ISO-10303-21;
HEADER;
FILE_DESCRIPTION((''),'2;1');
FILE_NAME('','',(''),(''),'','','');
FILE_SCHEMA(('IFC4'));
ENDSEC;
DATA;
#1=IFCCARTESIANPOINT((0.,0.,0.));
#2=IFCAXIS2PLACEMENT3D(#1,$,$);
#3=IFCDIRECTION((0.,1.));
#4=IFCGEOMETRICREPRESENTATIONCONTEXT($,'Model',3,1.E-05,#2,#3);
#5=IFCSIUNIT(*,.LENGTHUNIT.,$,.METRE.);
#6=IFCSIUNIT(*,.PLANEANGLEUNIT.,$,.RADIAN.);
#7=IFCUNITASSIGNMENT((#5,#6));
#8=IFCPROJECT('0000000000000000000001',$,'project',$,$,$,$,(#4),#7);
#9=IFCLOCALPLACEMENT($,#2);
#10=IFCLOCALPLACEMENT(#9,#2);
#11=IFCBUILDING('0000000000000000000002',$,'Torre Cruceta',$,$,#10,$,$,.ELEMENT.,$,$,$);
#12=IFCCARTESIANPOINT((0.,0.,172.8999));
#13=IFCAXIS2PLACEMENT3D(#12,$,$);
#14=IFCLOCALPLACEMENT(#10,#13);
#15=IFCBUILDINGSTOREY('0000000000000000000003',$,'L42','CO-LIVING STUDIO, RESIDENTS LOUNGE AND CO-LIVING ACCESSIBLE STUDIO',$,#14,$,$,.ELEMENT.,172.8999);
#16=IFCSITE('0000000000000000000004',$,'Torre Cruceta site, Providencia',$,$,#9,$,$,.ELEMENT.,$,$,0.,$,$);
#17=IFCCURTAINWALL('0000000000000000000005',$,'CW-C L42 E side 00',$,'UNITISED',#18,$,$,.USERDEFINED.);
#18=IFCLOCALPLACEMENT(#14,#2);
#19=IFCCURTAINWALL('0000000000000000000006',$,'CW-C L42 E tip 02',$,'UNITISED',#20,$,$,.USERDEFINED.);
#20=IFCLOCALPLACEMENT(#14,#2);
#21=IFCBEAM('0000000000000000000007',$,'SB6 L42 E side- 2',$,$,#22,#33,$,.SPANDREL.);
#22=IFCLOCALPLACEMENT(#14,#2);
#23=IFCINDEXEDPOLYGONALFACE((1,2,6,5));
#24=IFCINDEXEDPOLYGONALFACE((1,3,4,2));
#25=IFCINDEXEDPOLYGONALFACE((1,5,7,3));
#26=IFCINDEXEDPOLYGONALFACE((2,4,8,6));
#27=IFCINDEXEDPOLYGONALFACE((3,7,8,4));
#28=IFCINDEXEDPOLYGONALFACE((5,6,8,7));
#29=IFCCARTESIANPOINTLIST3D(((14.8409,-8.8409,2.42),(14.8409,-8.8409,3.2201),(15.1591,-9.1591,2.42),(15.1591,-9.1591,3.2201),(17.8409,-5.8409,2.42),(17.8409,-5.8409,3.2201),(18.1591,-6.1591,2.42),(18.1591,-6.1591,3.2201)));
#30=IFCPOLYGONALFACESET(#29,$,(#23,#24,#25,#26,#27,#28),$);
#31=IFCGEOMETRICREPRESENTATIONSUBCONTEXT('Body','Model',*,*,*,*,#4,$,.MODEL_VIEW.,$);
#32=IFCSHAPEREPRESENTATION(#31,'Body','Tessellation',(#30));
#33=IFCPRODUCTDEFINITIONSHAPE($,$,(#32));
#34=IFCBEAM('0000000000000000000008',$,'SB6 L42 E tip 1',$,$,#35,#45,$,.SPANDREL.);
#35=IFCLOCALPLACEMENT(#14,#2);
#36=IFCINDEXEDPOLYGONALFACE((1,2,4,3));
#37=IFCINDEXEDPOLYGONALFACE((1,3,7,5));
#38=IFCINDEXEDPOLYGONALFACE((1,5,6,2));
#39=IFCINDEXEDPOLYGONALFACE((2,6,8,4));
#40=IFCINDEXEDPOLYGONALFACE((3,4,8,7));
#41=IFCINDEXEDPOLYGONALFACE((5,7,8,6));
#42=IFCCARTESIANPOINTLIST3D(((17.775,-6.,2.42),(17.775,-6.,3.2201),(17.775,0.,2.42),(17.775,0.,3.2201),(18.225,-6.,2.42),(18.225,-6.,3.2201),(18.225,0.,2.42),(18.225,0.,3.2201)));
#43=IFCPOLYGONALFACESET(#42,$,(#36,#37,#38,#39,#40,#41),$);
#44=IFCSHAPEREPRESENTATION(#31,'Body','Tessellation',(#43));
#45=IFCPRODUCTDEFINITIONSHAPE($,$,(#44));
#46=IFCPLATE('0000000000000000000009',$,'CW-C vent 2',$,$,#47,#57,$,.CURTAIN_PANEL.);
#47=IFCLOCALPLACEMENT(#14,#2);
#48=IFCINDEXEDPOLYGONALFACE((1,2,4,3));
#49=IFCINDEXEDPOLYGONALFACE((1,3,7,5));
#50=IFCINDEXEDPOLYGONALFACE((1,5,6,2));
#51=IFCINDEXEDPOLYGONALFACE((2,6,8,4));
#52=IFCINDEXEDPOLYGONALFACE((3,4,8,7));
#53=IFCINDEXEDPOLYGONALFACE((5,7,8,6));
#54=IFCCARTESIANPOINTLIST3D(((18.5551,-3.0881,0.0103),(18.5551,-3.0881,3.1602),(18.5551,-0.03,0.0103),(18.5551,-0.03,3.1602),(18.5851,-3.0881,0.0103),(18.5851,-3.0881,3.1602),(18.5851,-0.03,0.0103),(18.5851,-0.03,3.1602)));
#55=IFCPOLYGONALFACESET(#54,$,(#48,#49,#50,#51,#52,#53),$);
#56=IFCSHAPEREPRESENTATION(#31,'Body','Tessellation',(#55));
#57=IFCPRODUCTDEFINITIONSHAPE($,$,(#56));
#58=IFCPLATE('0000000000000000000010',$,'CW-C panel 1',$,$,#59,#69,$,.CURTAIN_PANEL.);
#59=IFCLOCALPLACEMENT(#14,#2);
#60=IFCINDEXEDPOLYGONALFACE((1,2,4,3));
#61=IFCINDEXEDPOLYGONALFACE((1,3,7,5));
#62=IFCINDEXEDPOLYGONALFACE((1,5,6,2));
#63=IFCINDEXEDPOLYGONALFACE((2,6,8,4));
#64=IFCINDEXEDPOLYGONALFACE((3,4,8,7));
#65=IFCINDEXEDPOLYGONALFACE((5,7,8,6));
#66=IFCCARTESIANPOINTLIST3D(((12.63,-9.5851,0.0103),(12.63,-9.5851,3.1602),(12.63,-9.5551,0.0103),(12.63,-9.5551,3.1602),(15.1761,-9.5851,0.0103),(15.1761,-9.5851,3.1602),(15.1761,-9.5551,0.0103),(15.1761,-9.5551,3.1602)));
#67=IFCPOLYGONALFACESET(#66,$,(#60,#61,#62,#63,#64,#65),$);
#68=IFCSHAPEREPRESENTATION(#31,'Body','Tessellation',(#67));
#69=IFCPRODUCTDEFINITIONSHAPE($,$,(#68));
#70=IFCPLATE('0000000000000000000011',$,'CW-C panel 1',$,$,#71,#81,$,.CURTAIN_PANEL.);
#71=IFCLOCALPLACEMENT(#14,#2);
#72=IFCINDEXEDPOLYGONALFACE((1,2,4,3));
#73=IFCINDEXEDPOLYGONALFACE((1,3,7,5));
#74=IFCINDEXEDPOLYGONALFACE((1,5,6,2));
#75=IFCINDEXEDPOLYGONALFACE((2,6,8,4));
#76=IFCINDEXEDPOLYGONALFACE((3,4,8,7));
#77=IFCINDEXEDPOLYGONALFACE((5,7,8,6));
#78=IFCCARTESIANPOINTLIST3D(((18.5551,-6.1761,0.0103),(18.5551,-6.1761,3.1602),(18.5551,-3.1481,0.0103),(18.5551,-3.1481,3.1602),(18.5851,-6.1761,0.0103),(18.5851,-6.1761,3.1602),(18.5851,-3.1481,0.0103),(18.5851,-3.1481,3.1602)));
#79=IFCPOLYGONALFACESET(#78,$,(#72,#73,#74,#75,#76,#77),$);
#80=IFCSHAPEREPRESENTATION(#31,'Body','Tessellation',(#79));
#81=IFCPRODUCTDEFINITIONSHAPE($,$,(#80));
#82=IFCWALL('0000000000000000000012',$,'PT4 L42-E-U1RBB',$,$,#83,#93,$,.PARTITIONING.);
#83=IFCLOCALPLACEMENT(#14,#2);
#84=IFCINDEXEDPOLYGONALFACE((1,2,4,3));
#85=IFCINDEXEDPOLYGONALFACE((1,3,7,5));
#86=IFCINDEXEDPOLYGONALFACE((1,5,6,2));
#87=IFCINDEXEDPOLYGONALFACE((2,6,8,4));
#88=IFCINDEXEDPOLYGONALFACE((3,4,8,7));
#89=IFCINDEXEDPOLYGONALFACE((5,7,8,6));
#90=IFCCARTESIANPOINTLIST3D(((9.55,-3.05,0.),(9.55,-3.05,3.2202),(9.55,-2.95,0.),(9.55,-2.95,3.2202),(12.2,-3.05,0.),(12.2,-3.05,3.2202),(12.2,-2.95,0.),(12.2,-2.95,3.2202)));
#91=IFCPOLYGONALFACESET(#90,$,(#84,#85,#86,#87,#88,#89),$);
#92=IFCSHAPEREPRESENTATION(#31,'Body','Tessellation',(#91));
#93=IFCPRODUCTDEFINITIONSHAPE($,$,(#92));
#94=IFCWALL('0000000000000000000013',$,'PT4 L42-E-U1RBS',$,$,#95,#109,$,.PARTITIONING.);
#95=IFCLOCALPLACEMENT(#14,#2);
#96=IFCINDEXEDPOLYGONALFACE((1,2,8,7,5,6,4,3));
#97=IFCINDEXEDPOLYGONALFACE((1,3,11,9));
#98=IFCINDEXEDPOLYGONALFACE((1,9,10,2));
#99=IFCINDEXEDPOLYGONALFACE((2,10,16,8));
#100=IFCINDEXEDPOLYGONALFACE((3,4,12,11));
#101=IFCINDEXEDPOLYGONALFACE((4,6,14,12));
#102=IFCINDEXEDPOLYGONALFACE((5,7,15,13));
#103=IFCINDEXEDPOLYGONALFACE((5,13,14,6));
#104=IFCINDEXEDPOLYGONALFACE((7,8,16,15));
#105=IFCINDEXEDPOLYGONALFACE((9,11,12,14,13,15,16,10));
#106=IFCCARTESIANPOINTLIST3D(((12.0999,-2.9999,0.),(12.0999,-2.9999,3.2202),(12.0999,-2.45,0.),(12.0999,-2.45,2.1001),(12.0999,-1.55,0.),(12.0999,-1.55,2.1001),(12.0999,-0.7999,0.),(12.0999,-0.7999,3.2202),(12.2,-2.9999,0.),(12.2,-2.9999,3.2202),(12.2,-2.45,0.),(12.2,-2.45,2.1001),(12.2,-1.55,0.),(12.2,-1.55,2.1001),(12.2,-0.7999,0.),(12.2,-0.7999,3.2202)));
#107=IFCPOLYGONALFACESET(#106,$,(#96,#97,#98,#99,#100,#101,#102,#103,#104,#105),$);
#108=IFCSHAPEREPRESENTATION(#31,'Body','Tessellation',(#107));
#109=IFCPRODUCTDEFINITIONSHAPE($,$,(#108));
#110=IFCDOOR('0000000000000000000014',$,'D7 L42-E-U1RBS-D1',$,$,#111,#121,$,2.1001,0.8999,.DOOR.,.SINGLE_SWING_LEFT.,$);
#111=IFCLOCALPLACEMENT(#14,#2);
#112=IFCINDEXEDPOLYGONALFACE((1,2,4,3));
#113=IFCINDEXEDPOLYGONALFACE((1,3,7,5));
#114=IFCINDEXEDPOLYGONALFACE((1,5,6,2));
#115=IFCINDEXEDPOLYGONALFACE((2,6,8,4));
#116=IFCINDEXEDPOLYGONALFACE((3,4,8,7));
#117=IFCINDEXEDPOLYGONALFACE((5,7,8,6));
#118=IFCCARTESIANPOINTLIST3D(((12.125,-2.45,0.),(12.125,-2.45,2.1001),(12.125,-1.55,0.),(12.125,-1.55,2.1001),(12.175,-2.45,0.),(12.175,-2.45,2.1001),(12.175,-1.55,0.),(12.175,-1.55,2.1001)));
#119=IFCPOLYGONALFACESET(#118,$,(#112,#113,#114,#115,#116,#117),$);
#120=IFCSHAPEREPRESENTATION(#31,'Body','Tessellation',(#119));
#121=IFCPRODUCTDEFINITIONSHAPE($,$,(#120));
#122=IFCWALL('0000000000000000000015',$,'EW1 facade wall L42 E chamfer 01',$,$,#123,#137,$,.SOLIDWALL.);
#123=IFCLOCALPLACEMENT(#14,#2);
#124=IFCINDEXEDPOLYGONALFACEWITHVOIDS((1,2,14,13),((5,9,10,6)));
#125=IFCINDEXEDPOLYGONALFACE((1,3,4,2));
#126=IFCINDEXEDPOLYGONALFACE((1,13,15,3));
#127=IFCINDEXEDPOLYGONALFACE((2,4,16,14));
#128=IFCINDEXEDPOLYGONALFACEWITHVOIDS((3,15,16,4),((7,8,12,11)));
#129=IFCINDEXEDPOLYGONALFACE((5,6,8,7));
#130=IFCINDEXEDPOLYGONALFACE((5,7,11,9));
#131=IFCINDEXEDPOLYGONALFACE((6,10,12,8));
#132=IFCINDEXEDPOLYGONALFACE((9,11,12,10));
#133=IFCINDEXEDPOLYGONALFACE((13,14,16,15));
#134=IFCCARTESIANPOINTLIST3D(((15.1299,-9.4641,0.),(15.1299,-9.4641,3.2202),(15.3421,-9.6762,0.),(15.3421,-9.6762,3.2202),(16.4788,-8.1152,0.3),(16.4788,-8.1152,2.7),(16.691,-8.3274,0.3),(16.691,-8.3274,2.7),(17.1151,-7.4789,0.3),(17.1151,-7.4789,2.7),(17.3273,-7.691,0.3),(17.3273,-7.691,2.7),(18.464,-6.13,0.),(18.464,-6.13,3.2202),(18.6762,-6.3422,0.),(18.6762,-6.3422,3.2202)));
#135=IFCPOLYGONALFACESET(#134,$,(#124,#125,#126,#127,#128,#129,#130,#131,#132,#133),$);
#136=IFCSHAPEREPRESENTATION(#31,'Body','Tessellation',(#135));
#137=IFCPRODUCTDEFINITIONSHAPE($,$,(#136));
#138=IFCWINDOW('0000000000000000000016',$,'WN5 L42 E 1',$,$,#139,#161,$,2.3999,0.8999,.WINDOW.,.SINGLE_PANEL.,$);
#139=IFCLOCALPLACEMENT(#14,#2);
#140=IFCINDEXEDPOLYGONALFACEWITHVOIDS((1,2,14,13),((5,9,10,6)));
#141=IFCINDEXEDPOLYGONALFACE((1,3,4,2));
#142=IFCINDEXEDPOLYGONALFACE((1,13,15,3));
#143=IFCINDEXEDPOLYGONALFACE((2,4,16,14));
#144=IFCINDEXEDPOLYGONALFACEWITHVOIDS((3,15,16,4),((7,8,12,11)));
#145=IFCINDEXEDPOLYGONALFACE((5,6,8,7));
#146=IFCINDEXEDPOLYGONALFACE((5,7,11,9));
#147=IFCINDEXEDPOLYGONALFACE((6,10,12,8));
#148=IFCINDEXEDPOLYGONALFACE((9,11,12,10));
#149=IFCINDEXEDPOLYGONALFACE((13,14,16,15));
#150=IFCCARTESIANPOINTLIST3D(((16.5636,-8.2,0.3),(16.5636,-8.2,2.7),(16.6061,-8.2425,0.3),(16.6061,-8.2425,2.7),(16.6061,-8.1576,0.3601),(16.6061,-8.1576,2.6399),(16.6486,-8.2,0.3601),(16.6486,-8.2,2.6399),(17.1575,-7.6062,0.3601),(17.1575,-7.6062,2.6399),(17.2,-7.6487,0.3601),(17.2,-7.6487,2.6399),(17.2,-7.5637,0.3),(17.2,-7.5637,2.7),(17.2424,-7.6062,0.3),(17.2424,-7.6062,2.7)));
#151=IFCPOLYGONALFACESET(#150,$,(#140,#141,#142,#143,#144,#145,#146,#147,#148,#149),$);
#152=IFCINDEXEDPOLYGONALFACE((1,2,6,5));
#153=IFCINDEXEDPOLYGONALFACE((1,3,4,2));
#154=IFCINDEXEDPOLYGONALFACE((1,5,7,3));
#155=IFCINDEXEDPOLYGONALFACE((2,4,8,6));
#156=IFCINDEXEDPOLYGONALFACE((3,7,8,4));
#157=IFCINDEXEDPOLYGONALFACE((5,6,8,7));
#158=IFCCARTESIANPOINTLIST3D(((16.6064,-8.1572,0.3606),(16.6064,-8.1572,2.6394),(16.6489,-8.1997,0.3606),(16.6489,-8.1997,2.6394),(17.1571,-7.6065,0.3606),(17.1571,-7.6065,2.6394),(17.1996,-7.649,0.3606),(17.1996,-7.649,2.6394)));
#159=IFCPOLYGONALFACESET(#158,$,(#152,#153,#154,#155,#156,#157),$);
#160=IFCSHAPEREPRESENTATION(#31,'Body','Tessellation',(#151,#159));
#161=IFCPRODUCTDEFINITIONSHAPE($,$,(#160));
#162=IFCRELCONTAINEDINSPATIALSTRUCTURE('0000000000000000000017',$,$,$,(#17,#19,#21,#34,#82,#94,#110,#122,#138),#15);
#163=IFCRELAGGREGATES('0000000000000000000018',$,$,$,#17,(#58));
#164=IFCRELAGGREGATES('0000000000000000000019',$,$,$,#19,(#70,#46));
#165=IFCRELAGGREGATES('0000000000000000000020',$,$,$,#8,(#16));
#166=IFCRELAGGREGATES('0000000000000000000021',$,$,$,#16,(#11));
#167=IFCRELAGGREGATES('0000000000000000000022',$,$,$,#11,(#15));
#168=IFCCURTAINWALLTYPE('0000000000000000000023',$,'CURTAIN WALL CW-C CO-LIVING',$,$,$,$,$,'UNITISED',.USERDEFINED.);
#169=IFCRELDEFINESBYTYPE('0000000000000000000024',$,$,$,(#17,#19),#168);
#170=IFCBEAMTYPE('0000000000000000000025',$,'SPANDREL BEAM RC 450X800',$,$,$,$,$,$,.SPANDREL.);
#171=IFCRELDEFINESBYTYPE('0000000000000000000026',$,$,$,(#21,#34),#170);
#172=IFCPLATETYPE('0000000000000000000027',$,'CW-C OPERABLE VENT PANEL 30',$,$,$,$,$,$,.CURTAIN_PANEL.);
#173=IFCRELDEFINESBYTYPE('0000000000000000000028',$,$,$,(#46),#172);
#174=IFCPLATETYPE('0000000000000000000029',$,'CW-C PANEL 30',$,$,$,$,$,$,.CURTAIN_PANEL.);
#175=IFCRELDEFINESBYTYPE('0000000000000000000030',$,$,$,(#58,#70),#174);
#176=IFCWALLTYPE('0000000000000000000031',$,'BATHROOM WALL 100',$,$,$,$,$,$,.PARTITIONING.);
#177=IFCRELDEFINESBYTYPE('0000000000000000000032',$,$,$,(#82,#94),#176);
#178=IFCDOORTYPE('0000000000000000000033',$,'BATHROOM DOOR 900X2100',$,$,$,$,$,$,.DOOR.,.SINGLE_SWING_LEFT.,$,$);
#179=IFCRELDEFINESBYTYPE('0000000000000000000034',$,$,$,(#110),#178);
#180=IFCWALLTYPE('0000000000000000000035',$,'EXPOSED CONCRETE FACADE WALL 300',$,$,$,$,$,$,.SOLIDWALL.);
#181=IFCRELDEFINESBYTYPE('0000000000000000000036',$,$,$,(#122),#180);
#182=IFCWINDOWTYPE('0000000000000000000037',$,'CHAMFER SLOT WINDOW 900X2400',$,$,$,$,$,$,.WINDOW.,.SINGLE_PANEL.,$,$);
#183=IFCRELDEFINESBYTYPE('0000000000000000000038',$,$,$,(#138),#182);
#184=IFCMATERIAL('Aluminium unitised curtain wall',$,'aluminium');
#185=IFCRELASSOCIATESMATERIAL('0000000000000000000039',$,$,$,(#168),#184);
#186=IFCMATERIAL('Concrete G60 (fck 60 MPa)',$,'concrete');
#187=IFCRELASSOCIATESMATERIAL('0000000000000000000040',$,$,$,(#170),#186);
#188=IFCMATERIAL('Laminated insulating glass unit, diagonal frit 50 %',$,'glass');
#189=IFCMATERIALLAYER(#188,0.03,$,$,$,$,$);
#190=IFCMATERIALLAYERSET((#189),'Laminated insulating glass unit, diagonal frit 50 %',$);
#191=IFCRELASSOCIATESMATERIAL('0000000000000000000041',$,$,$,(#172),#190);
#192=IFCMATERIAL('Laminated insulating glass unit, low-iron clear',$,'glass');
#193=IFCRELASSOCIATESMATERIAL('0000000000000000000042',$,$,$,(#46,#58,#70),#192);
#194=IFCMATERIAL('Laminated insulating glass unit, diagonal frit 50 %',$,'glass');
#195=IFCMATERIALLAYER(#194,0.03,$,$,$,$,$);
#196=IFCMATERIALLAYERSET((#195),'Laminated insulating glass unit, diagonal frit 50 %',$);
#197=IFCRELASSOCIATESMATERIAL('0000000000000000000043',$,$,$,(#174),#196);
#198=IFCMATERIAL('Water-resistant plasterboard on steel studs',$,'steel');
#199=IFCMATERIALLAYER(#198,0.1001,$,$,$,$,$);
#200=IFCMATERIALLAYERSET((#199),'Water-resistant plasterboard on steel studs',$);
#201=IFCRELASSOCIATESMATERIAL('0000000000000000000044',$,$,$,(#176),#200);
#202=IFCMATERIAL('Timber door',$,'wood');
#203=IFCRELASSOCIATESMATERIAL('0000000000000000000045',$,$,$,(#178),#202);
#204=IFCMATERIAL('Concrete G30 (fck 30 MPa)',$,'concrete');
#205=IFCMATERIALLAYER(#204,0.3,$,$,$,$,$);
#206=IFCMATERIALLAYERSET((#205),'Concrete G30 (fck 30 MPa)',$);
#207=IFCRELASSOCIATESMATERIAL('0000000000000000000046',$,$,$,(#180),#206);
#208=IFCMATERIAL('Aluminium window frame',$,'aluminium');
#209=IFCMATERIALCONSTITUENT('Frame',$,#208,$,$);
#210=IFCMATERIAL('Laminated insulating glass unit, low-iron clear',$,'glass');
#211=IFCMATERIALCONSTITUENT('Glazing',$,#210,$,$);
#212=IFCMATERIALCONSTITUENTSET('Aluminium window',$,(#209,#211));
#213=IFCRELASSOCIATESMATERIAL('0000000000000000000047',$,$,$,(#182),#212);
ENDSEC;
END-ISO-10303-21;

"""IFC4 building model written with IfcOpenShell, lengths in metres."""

from ifc_helpers import new_model, si_unit, direction, frame, frame_2d, origin, origin_2d, place, context, subcontext, project, spatial, rectangle, hollow_rectangle, extrude, material, layer, layer_set, constituent, constituent_set, material_profile, profile_set, type_object, element, fill, aggregate, save


model = new_model("IFC4")

# Units and contexts
model_context = context("Model", 3, precision=1e-05, world=origin(), true_north=direction((0.0, 1.0)))
body_context = subcontext(model_context, "Body", "Model", "MODEL_VIEW")
ifc_project = project(units=[si_unit("LENGTHUNIT", "METRE"), si_unit("PLANEANGLEUNIT", "RADIAN")], contexts=[model_context])

# Site, building, storey
site_placement = place(None, origin())
site = spatial("IfcSite", under=ifc_project, at=site_placement, Name="Torre Cruceta site, Providencia", CompositionType="ELEMENT", RefElevation=0.0)
building_placement = place(site_placement, origin())
building = spatial("IfcBuilding", under=site, at=building_placement, Name="Torre Cruceta", CompositionType="ELEMENT")
storey_placement = place(building_placement, frame((0.0, 0.0, 172.8999)))
storey = spatial("IfcBuildingStorey", under=building, at=storey_placement, Name="L42", Description="CO-LIVING STUDIO, RESIDENTS LOUNGE AND CO-LIVING ACCESSIBLE STUDIO", CompositionType="ELEMENT", Elevation=172.8999)

# Curtain walls
ifc_material_1 = material(Name="Aluminium unitised curtain wall", Category="aluminium")
curtain_wall_type = type_object("IfcCurtainWallType", Name="CURTAIN WALL CW-C CO-LIVING", ElementType="UNITISED", PredefinedType="USERDEFINED", material=ifc_material_1)
curtain_wall_1_placement = place(storey_placement, origin())
curtain_wall_1 = element("IfcCurtainWall", 1, at=curtain_wall_1_placement, inside=storey, type_object=curtain_wall_type, Name="CW-C L42 E side 00", ObjectType="UNITISED", PredefinedType="USERDEFINED")
curtain_wall_2_placement = place(storey_placement, origin())
curtain_wall_2 = element("IfcCurtainWall", 2, at=curtain_wall_2_placement, inside=storey, type_object=curtain_wall_type, Name="CW-C L42 E tip 02", ObjectType="UNITISED", PredefinedType="USERDEFINED")

# Beams
ifc_material_2 = material(Name="Concrete G60 (fck 60 MPa)", Category="concrete")
ifc_material_profile_1 = material_profile(ifc_material_2, rectangle(XDim=0.45, YDim=0.8, at=origin_2d()), Name="RC 450X800")
ifc_profile_set_1 = profile_set([ifc_material_profile_1], Name="Concrete G60 (fck 60 MPa)")
beam_type_1 = type_object("IfcBeamType", Name="SPANDREL BEAM RC 450X800", PredefinedType="SPANDREL", material=ifc_profile_set_1)
beam_1_placement = place(storey_placement, frame((15.0, -9.0, 2.8201), z_axis=(0.707107, 0.707107, 0.0), x_axis=(-0.707107, 0.707107, 0.0)))
element("IfcBeam", 3, at=beam_1_placement, inside=storey, type_object=beam_type_1, Name="SB6 L42 E side- 2", PredefinedType="SPANDREL", context=body_context, shape_type="SweptSolid", body=[
    extrude(rectangle(XDim=0.45, YDim=0.8, at=origin_2d()), origin(), (0.0, 0.0, 1.0), 4.2427),
])
beam_2_placement = place(storey_placement, frame((18.0, -6.0, 2.8201), z_axis=(0.0, 1.0, 0.0), x_axis=(-1.0, 0.0, 0.0)))
element("IfcBeam", 4, at=beam_2_placement, inside=storey, type_object=beam_type_1, Name="SB6 L42 E tip 1", PredefinedType="SPANDREL", context=body_context, shape_type="SweptSolid", body=[
    extrude(rectangle(XDim=0.45, YDim=0.8, at=origin_2d()), origin(), (0.0, 0.0, 1.0), 6.0),
])

# Plates
ifc_material_3 = material(Name="Laminated insulating glass unit, low-iron clear", Category="glass")
ifc_material_4 = material(Name="Laminated insulating glass unit, diagonal frit 50 %", Category="glass")
ifc_layer_1 = layer(ifc_material_4, 0.03)
ifc_layer_set_1 = layer_set([ifc_layer_1], Name="Laminated insulating glass unit, diagonal frit 50 %")
plate_type_1 = type_object("IfcPlateType", Name="CW-C OPERABLE VENT PANEL 30", PredefinedType="CURTAIN_PANEL", material=ifc_layer_set_1)
plate_1_placement = place(storey_placement, frame((18.5701, -1.5591, 0.0103), z_axis=(0.0, 0.0, 1.0), x_axis=(0.0, 1.0, 0.0)))
plate_1 = element("IfcPlate", 5, at=plate_1_placement, type_object=plate_type_1, material=ifc_material_3, Name="CW-C vent 2", PredefinedType="CURTAIN_PANEL", context=body_context, shape_type="SweptSolid", body=[
    extrude(rectangle(XDim=3.0581, YDim=0.03, at=origin_2d()), origin(), (0.0, 0.0, 1.0), 3.1499),
])
ifc_material_5 = material(Name="Laminated insulating glass unit, diagonal frit 50 %", Category="glass")
ifc_layer_2 = layer(ifc_material_5, 0.03)
ifc_layer_set_2 = layer_set([ifc_layer_2], Name="Laminated insulating glass unit, diagonal frit 50 %")
plate_type_2 = type_object("IfcPlateType", Name="CW-C PANEL 30", PredefinedType="CURTAIN_PANEL", material=ifc_layer_set_2)
plate_2_placement = place(storey_placement, frame((13.9031, -9.5701, 0.0103), z_axis=(0.0, 0.0, 1.0), x_axis=(1.0, 0.0, 0.0)))
plate_2 = element("IfcPlate", 6, at=plate_2_placement, type_object=plate_type_2, material=ifc_material_3, Name="CW-C panel 1", PredefinedType="CURTAIN_PANEL", context=body_context, shape_type="SweptSolid", body=[
    extrude(rectangle(XDim=2.5461, YDim=0.03, at=origin_2d()), origin(), (0.0, 0.0, 1.0), 3.1499),
])
aggregate(curtain_wall_1, [plate_2])
plate_3_placement = place(storey_placement, frame((18.5701, -4.6621, 0.0103), z_axis=(0.0, 0.0, 1.0), x_axis=(0.0, 1.0, 0.0)))
plate_3 = element("IfcPlate", 7, at=plate_3_placement, type_object=plate_type_2, material=ifc_material_3, Name="CW-C panel 1", PredefinedType="CURTAIN_PANEL", context=body_context, shape_type="SweptSolid", body=[
    extrude(rectangle(XDim=3.0281, YDim=0.03, at=origin_2d()), origin(), (0.0, 0.0, 1.0), 3.1499),
])
aggregate(curtain_wall_2, [plate_3, plate_1])

# Wall
ifc_material_6 = material(Name="Water-resistant plasterboard on steel studs", Category="steel")
ifc_layer_3 = layer(ifc_material_6, 0.1001)
ifc_layer_set_3 = layer_set([ifc_layer_3], Name="Water-resistant plasterboard on steel studs")
wall_type_1 = type_object("IfcWallType", Name="BATHROOM WALL 100", PredefinedType="PARTITIONING", material=ifc_layer_set_3)
wall_1_placement = place(storey_placement, frame((9.55, -3.0, 0.0), z_axis=(0.0, 0.0, 1.0), x_axis=(1.0, 0.0, 0.0)))
element("IfcWall", 8, at=wall_1_placement, inside=storey, type_object=wall_type_1, Name="PT4 L42-E-U1RBB", PredefinedType="PARTITIONING", context=body_context, shape_type="SweptSolid", body=[
    extrude(rectangle(XDim=2.6499, YDim=0.1001, at=frame_2d((1.325, 0.0))), origin(), (0.0, 0.0, 1.0), 3.2202),
])

# Wall, opening, door
wall_2_placement = place(storey_placement, frame((12.1499, -3.0, 0.0), z_axis=(0.0, 0.0, 1.0), x_axis=(0.0, 1.0, 0.0)))
wall_2 = element("IfcWall", 9, at=wall_2_placement, inside=storey, type_object=wall_type_1, Name="PT4 L42-E-U1RBS", PredefinedType="PARTITIONING", context=body_context, shape_type="SweptSolid", body=[
    extrude(rectangle(XDim=2.2, YDim=0.1001, at=frame_2d((1.1001, 0.0))), origin(), (0.0, 0.0, 1.0), 3.2202),
])
opening_1_placement = place(wall_2_placement, frame((0.55, 0.0, 0.0)))
opening_1 = element("IfcOpeningElement", 10, at=opening_1_placement, cuts=wall_2, PredefinedType="OPENING", context=body_context, shape_type="SweptSolid", body=[
    extrude(rectangle(XDim=0.8999, YDim=2.1001, at=frame_2d((0.45, 1.05))), frame((0.0, 0.0601, 0.0), z_axis=(0.0, -1.0, 0.0), x_axis=(1.0, 0.0, 0.0)), (0.0, 0.0, 1.0), 0.1201),
])
ifc_material_7 = material(Name="Timber door", Category="wood")
door_type_1 = type_object("IfcDoorType", Name="BATHROOM DOOR 900X2100", OperationType="SINGLE_SWING_LEFT", PredefinedType="DOOR", material=ifc_material_7)
door_1_placement = place(opening_1_placement, origin())
door_1 = element("IfcDoor", 11, at=door_1_placement, inside=storey, type_object=door_type_1, Name="D7 L42-E-U1RBS-D1", OperationType="SINGLE_SWING_LEFT", OverallHeight=2.1001, OverallWidth=0.8999, PredefinedType="DOOR", context=body_context, shape_type="SweptSolid", body=[
    extrude(rectangle(XDim=0.8999, YDim=2.1001, at=frame_2d((0.45, 1.05))), frame((0.0, 0.0249, 0.0), z_axis=(0.0, -1.0, 0.0), x_axis=(1.0, 0.0, 0.0)), (0.0, 0.0, 1.0), 0.05),
])
fill(opening_1, door_1)

# Wall, opening, window
ifc_material_8 = material(Name="Concrete G30 (fck 30 MPa)", Category="concrete")
ifc_layer_4 = layer(ifc_material_8, 0.3)
ifc_layer_set_4 = layer_set([ifc_layer_4], Name="Concrete G30 (fck 30 MPa)")
wall_type_2 = type_object("IfcWallType", Name="EXPOSED CONCRETE FACADE WALL 300", PredefinedType="SOLIDWALL", material=ifc_layer_set_4)
wall_3_placement = place(storey_placement, frame((15.2361, -9.5701, 0.0), z_axis=(0.0, 0.0, 1.0), x_axis=(0.707107, 0.707107, 0.0)))
wall_3 = element("IfcWall", 12, at=wall_3_placement, inside=storey, type_object=wall_type_2, Name="EW1 facade wall L42 E chamfer 01", PredefinedType="SOLIDWALL", context=body_context, shape_type="SweptSolid", body=[
    extrude(rectangle(XDim=4.7151, YDim=0.3, at=frame_2d((2.3574, 0.0))), origin(), (0.0, 0.0, 1.0), 3.2202),
])
opening_2_placement = place(wall_3_placement, frame((1.9075, 0.0, 0.3)))
opening_2 = element("IfcOpeningElement", 13, at=opening_2_placement, cuts=wall_3, PredefinedType="OPENING", context=body_context, shape_type="SweptSolid", body=[
    extrude(rectangle(XDim=0.8999, YDim=2.3999, at=frame_2d((0.45, 1.2))), frame((0.0, 0.1599, 0.0), z_axis=(0.0, -1.0, 0.0), x_axis=(1.0, 0.0, 0.0)), (0.0, 0.0, 1.0), 0.3201),
])
ifc_material_9 = material(Name="Aluminium window frame", Category="aluminium")
ifc_constituent_1 = constituent(ifc_material_9, Name="Frame")
ifc_material_10 = material(Name="Laminated insulating glass unit, low-iron clear", Category="glass")
ifc_constituent_2 = constituent(ifc_material_10, Name="Glazing")
ifc_constituent_set_1 = constituent_set(constituents=[ifc_constituent_1, ifc_constituent_2], Name="Aluminium window")
window_type = type_object("IfcWindowType", Name="CHAMFER SLOT WINDOW 900X2400", PartitioningType="SINGLE_PANEL", PredefinedType="WINDOW", material=ifc_constituent_set_1)
window_placement = place(opening_2_placement, origin())
window = element("IfcWindow", 14, at=window_placement, inside=storey, type_object=window_type, Name="WN5 L42 E 1", OverallHeight=2.3999, OverallWidth=0.8999, PartitioningType="SINGLE_PANEL", PredefinedType="WINDOW", context=body_context, shape_type="SweptSolid", body=[
    extrude(hollow_rectangle(XDim=0.8999, YDim=2.3999, WallThickness=0.0601, at=frame_2d((0.45, 1.2))), frame((0.0, 0.03, 0.0), z_axis=(0.0, -1.0, 0.0), x_axis=(1.0, 0.0, 0.0)), (0.0, 0.0, 1.0), 0.0601),
    extrude(rectangle(XDim=0.7788, YDim=2.2788, at=frame_2d((0.45, 1.2))), frame((0.0, 0.03, 0.0), z_axis=(0.0, -1.0, 0.0), x_axis=(1.0, 0.0, 0.0)), (0.0, 0.0, 1.0), 0.0601),
])
fill(opening_2, window)

save(model, "model.ifc")
